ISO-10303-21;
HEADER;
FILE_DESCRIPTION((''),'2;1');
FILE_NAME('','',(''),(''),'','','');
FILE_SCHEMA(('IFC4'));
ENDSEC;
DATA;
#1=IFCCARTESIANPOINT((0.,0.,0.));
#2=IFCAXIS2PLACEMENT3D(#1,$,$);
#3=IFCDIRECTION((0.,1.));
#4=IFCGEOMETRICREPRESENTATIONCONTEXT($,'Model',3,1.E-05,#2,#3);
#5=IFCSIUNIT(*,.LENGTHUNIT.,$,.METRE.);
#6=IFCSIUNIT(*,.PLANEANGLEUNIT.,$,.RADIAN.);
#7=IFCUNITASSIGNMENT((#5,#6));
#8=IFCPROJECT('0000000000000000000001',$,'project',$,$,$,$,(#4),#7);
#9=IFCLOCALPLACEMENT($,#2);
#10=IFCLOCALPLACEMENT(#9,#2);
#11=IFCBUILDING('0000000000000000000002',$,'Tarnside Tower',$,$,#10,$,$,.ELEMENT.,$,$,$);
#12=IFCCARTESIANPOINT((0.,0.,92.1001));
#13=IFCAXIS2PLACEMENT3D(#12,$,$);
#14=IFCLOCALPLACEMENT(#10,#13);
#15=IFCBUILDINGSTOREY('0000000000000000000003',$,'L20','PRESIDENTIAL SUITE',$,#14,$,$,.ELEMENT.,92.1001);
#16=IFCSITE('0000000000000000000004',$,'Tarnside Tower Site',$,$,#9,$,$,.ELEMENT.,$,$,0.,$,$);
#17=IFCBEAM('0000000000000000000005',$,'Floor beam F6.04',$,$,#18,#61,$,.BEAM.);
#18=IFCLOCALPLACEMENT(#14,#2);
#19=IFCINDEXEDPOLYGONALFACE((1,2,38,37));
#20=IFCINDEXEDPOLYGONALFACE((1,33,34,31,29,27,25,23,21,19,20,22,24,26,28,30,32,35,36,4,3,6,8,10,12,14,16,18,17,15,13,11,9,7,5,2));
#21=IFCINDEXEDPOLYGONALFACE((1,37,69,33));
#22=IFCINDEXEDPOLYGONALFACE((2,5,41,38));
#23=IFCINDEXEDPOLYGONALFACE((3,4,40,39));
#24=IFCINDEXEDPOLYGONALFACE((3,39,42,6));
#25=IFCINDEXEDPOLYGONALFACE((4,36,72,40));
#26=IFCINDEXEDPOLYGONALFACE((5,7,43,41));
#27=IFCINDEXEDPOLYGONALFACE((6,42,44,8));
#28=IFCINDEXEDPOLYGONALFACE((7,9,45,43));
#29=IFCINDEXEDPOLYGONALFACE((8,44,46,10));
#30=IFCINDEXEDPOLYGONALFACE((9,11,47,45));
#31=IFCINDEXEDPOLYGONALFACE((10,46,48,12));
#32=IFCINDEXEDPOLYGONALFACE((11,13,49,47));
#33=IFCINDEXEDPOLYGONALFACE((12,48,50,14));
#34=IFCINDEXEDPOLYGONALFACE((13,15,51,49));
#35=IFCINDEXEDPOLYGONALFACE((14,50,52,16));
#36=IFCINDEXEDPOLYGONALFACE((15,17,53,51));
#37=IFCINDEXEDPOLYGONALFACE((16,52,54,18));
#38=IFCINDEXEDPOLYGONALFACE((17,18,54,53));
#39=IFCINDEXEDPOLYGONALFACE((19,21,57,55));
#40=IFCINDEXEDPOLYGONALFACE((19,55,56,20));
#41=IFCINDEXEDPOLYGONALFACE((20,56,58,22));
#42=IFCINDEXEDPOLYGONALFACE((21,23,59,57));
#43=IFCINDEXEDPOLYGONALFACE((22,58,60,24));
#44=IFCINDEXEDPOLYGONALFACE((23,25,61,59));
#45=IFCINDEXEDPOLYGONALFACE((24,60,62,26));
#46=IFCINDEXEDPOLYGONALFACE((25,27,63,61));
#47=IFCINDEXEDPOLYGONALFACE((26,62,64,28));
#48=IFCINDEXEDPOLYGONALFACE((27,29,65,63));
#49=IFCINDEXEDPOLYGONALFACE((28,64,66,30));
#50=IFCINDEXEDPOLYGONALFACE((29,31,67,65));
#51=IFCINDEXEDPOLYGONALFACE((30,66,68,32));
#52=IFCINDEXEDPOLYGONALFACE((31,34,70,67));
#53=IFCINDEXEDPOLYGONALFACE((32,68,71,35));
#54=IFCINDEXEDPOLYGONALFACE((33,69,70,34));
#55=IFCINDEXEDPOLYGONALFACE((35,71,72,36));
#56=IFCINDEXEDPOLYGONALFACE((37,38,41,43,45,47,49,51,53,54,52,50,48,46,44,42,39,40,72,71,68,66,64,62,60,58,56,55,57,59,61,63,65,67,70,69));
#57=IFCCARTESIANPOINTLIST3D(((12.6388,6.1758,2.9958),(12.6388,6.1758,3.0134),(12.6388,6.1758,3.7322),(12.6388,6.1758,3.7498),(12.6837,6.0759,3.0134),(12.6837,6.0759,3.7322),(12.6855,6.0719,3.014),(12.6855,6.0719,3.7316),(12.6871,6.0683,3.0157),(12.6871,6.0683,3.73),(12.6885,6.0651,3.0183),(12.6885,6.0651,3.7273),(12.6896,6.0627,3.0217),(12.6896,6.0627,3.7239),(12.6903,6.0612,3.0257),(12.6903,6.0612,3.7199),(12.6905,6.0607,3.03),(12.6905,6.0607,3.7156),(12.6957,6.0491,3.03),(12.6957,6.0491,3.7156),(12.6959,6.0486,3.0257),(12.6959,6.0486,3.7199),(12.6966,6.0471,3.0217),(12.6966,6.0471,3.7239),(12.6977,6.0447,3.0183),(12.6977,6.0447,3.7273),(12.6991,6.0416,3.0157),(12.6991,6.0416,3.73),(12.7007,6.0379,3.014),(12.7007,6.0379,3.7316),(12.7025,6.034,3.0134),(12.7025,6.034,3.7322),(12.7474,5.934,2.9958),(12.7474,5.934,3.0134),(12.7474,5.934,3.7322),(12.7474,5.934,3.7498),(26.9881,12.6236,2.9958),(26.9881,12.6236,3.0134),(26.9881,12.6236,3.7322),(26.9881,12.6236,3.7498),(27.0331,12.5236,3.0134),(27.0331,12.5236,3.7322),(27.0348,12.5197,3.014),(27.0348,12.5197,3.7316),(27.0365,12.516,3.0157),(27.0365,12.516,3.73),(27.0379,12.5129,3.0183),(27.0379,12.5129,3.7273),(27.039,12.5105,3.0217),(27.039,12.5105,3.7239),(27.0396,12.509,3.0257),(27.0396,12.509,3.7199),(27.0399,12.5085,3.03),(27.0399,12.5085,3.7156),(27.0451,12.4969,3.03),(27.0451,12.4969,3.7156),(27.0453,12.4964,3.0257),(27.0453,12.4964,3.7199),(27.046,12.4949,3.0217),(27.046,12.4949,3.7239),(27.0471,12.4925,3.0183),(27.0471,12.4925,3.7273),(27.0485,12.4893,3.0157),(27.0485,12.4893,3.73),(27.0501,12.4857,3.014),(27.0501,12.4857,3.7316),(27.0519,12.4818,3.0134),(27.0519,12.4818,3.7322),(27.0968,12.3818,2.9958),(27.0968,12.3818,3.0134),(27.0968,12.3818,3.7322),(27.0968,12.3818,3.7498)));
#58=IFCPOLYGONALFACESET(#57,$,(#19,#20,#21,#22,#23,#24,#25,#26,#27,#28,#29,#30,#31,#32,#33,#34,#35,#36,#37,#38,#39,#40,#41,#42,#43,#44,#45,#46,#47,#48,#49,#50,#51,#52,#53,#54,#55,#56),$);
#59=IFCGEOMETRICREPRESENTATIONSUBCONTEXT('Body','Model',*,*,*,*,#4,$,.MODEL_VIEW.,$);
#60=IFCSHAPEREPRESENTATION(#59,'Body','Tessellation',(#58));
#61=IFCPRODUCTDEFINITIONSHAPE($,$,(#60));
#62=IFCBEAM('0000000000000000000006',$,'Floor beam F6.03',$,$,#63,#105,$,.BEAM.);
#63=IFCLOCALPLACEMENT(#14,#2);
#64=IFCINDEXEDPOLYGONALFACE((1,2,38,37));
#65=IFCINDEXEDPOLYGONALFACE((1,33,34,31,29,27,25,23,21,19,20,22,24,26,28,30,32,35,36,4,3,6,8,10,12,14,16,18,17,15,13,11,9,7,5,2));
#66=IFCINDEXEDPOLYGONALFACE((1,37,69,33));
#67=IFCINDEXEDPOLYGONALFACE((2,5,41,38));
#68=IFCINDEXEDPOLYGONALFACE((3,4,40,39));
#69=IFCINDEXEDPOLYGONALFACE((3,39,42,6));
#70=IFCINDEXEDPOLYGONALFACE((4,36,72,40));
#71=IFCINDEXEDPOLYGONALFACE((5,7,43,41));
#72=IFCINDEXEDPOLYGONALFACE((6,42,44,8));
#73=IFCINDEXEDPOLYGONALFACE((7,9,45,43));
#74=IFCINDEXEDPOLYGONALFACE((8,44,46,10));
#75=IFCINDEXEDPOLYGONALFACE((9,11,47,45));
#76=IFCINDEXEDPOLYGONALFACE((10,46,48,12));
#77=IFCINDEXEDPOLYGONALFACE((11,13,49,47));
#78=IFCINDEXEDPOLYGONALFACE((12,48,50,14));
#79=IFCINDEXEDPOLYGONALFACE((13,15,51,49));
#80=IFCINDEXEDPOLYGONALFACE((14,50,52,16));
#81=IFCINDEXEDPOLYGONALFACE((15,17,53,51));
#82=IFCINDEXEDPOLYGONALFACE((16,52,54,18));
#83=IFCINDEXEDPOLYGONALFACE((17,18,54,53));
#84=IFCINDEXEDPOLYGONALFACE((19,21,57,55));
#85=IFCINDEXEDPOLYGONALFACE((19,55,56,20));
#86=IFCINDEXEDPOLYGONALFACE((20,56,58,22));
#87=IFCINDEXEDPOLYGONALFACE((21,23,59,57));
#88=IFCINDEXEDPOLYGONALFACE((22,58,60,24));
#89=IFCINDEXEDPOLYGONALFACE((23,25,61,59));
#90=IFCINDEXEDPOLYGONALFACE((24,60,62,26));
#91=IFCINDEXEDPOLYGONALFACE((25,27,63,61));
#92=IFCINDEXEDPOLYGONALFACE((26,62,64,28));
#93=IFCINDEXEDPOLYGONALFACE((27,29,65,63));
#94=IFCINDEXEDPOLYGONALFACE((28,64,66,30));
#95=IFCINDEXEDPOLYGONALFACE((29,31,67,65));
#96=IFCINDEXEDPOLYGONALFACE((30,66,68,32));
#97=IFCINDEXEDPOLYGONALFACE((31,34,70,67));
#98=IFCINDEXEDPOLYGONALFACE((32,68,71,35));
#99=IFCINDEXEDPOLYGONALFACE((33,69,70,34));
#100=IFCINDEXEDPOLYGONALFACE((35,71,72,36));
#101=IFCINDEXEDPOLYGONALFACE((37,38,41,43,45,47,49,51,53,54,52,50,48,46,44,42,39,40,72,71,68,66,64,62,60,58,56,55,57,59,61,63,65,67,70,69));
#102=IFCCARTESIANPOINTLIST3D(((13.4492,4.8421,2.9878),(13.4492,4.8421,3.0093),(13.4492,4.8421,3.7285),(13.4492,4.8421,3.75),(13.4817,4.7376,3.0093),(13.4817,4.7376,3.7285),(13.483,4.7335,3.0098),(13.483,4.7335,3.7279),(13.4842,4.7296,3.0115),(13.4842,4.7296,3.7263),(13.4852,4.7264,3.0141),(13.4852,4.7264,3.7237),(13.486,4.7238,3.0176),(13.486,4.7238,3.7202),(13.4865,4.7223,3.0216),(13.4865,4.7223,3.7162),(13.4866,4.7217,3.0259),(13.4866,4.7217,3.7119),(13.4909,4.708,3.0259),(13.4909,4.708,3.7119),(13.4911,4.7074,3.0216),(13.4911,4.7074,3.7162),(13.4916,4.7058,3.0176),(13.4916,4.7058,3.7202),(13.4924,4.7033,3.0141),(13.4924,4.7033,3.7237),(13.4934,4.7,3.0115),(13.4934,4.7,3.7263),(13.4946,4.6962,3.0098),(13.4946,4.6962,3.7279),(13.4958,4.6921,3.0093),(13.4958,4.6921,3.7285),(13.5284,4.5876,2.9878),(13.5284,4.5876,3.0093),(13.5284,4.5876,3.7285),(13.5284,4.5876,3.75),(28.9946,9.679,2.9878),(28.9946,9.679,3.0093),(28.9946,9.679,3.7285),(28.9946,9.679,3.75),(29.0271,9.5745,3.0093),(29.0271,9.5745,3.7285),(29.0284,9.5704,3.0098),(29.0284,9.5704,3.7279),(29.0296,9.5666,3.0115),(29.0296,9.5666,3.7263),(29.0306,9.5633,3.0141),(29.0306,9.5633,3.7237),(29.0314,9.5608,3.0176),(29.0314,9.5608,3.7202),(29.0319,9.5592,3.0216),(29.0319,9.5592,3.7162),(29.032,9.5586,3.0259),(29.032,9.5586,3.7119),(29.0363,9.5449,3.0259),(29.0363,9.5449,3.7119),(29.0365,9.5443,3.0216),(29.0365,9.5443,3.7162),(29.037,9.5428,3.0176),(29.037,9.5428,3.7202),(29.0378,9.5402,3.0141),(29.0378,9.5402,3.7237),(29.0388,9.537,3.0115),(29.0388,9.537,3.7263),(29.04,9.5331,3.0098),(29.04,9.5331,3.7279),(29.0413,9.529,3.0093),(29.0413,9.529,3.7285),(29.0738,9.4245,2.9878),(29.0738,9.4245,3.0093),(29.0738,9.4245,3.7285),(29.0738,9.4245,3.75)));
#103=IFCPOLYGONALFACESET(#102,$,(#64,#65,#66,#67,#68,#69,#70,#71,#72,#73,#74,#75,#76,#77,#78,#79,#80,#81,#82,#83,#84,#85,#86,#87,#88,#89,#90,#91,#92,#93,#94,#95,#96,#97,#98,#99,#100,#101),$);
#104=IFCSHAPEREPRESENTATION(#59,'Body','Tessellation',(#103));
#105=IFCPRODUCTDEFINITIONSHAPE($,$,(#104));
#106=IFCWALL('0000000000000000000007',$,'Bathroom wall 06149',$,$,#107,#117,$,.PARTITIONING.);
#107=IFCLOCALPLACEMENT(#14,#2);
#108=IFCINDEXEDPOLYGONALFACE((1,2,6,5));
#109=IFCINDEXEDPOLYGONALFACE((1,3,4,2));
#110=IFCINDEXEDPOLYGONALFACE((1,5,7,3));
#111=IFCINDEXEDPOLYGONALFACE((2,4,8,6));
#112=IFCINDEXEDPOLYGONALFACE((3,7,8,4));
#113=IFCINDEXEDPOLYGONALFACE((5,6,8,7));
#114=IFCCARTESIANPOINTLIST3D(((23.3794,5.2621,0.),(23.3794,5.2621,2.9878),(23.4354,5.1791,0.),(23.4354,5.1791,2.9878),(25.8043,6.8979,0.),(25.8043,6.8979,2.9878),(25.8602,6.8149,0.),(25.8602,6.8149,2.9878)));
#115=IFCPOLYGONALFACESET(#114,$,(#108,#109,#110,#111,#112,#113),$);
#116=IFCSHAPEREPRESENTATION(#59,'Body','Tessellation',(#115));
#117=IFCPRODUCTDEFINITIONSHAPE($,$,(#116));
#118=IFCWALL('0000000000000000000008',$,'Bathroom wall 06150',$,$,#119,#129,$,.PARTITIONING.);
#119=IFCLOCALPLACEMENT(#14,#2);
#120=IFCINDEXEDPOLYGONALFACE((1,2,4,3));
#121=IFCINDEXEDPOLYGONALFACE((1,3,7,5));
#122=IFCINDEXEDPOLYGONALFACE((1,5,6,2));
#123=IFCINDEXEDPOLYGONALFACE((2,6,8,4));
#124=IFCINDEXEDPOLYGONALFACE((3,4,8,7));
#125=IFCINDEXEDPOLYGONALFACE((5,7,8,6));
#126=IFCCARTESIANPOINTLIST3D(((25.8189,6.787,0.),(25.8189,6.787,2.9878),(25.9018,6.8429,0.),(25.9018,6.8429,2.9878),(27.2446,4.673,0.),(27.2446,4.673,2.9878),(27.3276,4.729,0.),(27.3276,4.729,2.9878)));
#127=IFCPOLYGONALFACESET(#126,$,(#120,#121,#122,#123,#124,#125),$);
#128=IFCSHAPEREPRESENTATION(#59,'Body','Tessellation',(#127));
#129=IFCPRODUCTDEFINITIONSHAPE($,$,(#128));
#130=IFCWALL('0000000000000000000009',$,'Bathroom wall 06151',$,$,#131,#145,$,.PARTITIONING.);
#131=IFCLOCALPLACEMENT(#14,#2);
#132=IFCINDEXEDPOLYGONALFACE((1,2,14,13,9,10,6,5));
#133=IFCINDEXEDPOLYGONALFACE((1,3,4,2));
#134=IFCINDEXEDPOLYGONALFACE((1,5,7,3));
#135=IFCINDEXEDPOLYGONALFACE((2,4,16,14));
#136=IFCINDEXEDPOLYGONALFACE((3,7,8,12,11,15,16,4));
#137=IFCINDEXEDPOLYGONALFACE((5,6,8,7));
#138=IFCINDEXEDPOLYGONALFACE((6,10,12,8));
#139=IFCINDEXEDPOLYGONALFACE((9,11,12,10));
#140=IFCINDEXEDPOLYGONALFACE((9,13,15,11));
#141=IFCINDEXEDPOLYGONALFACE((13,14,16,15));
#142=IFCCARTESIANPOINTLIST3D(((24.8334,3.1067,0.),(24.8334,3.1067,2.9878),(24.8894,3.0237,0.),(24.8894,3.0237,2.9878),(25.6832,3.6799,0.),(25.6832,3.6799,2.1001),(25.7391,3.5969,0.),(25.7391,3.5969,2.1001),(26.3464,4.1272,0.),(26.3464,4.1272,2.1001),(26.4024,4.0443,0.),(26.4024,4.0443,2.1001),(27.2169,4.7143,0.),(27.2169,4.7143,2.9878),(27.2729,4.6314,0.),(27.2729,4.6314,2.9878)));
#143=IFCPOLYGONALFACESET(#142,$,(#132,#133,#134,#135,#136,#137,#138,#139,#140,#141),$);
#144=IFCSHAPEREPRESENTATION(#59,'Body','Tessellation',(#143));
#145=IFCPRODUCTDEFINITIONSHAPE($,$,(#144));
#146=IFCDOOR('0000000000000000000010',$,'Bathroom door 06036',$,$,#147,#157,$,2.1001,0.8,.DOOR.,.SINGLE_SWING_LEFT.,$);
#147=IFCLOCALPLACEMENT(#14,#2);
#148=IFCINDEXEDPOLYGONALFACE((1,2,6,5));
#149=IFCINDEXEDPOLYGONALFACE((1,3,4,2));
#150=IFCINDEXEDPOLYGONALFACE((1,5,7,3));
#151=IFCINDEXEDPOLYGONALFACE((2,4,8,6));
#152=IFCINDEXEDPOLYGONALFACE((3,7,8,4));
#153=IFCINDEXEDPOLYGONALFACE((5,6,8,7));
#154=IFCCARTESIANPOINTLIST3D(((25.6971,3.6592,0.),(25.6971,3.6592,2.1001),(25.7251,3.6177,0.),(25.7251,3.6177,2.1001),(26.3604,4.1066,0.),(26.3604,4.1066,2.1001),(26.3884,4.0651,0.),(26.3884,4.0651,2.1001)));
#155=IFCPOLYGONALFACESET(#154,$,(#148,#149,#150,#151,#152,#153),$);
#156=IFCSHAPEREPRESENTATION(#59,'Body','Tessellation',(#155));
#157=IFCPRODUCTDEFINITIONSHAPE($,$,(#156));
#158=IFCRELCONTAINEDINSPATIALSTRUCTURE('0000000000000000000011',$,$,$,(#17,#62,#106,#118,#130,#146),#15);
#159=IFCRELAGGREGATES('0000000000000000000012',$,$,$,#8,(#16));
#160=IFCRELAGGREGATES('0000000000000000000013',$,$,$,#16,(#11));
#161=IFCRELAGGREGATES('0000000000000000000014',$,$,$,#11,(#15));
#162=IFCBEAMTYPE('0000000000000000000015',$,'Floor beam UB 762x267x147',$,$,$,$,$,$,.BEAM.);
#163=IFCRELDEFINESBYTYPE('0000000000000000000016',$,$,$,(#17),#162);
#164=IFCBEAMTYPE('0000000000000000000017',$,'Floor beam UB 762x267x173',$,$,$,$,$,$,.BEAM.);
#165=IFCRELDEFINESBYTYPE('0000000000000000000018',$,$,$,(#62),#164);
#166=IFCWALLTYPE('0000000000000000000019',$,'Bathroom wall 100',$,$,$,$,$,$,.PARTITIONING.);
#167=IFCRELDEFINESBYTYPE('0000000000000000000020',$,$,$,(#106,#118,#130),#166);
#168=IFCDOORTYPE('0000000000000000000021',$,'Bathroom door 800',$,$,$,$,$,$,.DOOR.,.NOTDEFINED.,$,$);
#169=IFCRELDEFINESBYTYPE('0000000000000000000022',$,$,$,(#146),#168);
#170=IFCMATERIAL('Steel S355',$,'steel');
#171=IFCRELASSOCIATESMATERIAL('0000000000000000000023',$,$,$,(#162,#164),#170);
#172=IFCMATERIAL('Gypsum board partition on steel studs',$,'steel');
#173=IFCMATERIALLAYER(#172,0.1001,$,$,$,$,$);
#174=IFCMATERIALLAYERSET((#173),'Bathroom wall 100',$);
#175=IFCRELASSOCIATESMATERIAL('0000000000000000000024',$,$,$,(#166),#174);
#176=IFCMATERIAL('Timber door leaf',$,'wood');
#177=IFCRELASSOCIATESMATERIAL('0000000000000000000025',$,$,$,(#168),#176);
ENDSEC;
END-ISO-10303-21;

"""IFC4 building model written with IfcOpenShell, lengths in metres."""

from ifc_helpers import new_model, si_unit, direction, frame, frame_2d, origin, origin_2d, place, context, subcontext, project, spatial, rectangle, i_section, extrude, material, layer, layer_set, material_profile, profile_set, type_object, element, fill, save


model = new_model("IFC4")

# Units and contexts
model_context = context("Model", 3, precision=1e-05, world=origin(), true_north=direction((0.0, 1.0)))
body_context = subcontext(model_context, "Body", "Model", "MODEL_VIEW")
ifc_project = project(units=[si_unit("LENGTHUNIT", "METRE"), si_unit("PLANEANGLEUNIT", "RADIAN")], contexts=[model_context])

# Site, building, storey
site_placement = place(None, origin())
site = spatial("IfcSite", under=ifc_project, at=site_placement, Name="Tarnside Tower Site", CompositionType="ELEMENT", RefElevation=0.0)
building_placement = place(site_placement, origin())
building = spatial("IfcBuilding", under=site, at=building_placement, Name="Tarnside Tower", CompositionType="ELEMENT")
storey_placement = place(building_placement, frame((0.0, 0.0, 92.1001)))
storey = spatial("IfcBuildingStorey", under=building, at=storey_placement, Name="L20", Description="PRESIDENTIAL SUITE", CompositionType="ELEMENT", Elevation=92.1001)

# Beams
ifc_material_1 = material(Name="Steel S355", Category="steel")
ifc_material_profile_1 = material_profile(ifc_material_1, i_section(OverallWidth=0.2651, OverallDepth=0.7539, WebThickness=0.0127, FlangeThickness=0.0176, FilletRadius=0.0166, at=origin_2d()), Name="UB 762x267x147")
ifc_profile_set_1 = profile_set([ifc_material_profile_1], Name="Steel S355")
beam_type_1 = type_object("IfcBeamType", Name="Floor beam UB 762x267x147", PredefinedType="BEAM", material=ifc_profile_set_1)
beam_1_placement = place(storey_placement, frame((27.0425, 12.5027, 3.3728), z_axis=(-0.912146, -0.409865, 0.0), x_axis=(0.409865, -0.912146, 0.0)))
element("IfcBeam", 1, at=beam_1_placement, inside=storey, type_object=beam_type_1, Name="Floor beam F6.04", PredefinedType="BEAM", context=body_context, shape_type="SweptSolid", body=[
    extrude(i_section(OverallWidth=0.2651, OverallDepth=0.7539, WebThickness=0.0127, FlangeThickness=0.0176, FilletRadius=0.0166, at=origin_2d()), origin(), (0.0, 0.0, 1.0), 15.7314),
])
ifc_material_profile_2 = material_profile(ifc_material_1, i_section(OverallWidth=0.2666, OverallDepth=0.7622, WebThickness=0.0144, FlangeThickness=0.0215, FilletRadius=0.0166, at=origin_2d()), Name="UB 762x267x173")
ifc_profile_set_2 = profile_set([ifc_material_profile_2], Name="Steel S355")
beam_type_2 = type_object("IfcBeamType", Name="Floor beam UB 762x267x173", PredefinedType="BEAM", material=ifc_profile_set_2)
beam_2_placement = place(storey_placement, frame((29.0342, 9.5518, 3.3689), z_axis=(-0.954847, -0.297098, 0.0), x_axis=(0.297098, -0.954847, 0.0)))
element("IfcBeam", 2, at=beam_2_placement, inside=storey, type_object=beam_type_2, Name="Floor beam F6.03", PredefinedType="BEAM", context=body_context, shape_type="SweptSolid", body=[
    extrude(i_section(OverallWidth=0.2666, OverallDepth=0.7622, WebThickness=0.0144, FlangeThickness=0.0215, FilletRadius=0.0166, at=origin_2d()), origin(), (0.0, 0.0, 1.0), 16.2805),
])

# Walls
ifc_material_2 = material(Name="Gypsum board partition on steel studs", Category="steel")
ifc_layer_1 = layer(ifc_material_2, 0.1001)
ifc_layer_set_1 = layer_set([ifc_layer_1], Name="Bathroom wall 100")
wall_type_1 = type_object("IfcWallType", Name="Bathroom wall 100", PredefinedType="PARTITIONING", material=ifc_layer_set_1)
wall_1_placement = place(storey_placement, frame((23.4075, 5.2207, 0.0), z_axis=(0.0, 0.0, 1.0), x_axis=(0.829007, 0.559238, 0.0)))
element("IfcWall", 3, at=wall_1_placement, inside=storey, type_object=wall_type_1, Name="Bathroom wall 06149", PredefinedType="PARTITIONING", context=body_context, shape_type="SweptSolid", body=[
    extrude(rectangle(XDim=2.925, YDim=0.1001, at=frame_2d((1.4624, 0.0))), origin(), (0.0, 0.0, 1.0), 2.9878),
])
wall_2_placement = place(storey_placement, frame((25.8604, 6.8149, 0.0), z_axis=(0.0, 0.0, 1.0), x_axis=(0.559155, -0.829063, 0.0)))
element("IfcWall", 4, at=wall_2_placement, inside=storey, type_object=wall_type_1, Name="Bathroom wall 06150", PredefinedType="PARTITIONING", context=body_context, shape_type="SweptSolid", body=[
    extrude(rectangle(XDim=2.5498, YDim=0.1001, at=frame_2d((1.2749, 0.0))), origin(), (0.0, 0.0, 1.0), 2.9878),
])

# Wall, opening, door
wall_3_placement = place(storey_placement, frame((27.2449, 4.6729, 0.0), z_axis=(0.0, 0.0, 1.0), x_axis=(-0.829046, -0.55918, 0.0)))
wall_3 = element("IfcWall", 5, at=wall_3_placement, inside=storey, type_object=wall_type_1, Name="Bathroom wall 06151", PredefinedType="PARTITIONING", context=body_context, shape_type="SweptSolid", body=[
    extrude(rectangle(XDim=2.875, YDim=0.1001, at=frame_2d((1.4375, 0.0))), origin(), (0.0, 0.0, 1.0), 2.9878),
])
opening_1_placement = place(wall_3_placement, frame((1.05, 0.0, 0.0)))
opening_1 = element("IfcOpeningElement", 6, at=opening_1_placement, cuts=wall_3, PredefinedType="OPENING", context=body_context, shape_type="SweptSolid", body=[
    extrude(rectangle(XDim=0.8, YDim=2.1001, at=frame_2d((0.3999, 1.05))), frame((0.0, 0.0601, 0.0), z_axis=(0.0, -1.0, 0.0), x_axis=(1.0, 0.0, 0.0)), (0.0, 0.0, 1.0), 0.1201),
])
ifc_material_3 = material(Name="Timber door leaf", Category="wood")
door_type_1 = type_object("IfcDoorType", Name="Bathroom door 800", OperationType="NOTDEFINED", PredefinedType="DOOR", material=ifc_material_3)
door_1_placement = place(opening_1_placement, origin())
door_1 = element("IfcDoor", 7, at=door_1_placement, inside=storey, type_object=door_type_1, Name="Bathroom door 06036", OperationType="SINGLE_SWING_LEFT", OverallHeight=2.1001, OverallWidth=0.8, PredefinedType="DOOR", context=body_context, shape_type="SweptSolid", body=[
    extrude(rectangle(XDim=0.8, YDim=2.1001, at=frame_2d((0.3999, 1.05))), frame((0.0, 0.0249, 0.0), z_axis=(0.0, -1.0, 0.0), x_axis=(1.0, 0.0, 0.0)), (0.0, 0.0, 1.0), 0.05),
])
fill(opening_1, door_1)

save(model, "model.ifc")
